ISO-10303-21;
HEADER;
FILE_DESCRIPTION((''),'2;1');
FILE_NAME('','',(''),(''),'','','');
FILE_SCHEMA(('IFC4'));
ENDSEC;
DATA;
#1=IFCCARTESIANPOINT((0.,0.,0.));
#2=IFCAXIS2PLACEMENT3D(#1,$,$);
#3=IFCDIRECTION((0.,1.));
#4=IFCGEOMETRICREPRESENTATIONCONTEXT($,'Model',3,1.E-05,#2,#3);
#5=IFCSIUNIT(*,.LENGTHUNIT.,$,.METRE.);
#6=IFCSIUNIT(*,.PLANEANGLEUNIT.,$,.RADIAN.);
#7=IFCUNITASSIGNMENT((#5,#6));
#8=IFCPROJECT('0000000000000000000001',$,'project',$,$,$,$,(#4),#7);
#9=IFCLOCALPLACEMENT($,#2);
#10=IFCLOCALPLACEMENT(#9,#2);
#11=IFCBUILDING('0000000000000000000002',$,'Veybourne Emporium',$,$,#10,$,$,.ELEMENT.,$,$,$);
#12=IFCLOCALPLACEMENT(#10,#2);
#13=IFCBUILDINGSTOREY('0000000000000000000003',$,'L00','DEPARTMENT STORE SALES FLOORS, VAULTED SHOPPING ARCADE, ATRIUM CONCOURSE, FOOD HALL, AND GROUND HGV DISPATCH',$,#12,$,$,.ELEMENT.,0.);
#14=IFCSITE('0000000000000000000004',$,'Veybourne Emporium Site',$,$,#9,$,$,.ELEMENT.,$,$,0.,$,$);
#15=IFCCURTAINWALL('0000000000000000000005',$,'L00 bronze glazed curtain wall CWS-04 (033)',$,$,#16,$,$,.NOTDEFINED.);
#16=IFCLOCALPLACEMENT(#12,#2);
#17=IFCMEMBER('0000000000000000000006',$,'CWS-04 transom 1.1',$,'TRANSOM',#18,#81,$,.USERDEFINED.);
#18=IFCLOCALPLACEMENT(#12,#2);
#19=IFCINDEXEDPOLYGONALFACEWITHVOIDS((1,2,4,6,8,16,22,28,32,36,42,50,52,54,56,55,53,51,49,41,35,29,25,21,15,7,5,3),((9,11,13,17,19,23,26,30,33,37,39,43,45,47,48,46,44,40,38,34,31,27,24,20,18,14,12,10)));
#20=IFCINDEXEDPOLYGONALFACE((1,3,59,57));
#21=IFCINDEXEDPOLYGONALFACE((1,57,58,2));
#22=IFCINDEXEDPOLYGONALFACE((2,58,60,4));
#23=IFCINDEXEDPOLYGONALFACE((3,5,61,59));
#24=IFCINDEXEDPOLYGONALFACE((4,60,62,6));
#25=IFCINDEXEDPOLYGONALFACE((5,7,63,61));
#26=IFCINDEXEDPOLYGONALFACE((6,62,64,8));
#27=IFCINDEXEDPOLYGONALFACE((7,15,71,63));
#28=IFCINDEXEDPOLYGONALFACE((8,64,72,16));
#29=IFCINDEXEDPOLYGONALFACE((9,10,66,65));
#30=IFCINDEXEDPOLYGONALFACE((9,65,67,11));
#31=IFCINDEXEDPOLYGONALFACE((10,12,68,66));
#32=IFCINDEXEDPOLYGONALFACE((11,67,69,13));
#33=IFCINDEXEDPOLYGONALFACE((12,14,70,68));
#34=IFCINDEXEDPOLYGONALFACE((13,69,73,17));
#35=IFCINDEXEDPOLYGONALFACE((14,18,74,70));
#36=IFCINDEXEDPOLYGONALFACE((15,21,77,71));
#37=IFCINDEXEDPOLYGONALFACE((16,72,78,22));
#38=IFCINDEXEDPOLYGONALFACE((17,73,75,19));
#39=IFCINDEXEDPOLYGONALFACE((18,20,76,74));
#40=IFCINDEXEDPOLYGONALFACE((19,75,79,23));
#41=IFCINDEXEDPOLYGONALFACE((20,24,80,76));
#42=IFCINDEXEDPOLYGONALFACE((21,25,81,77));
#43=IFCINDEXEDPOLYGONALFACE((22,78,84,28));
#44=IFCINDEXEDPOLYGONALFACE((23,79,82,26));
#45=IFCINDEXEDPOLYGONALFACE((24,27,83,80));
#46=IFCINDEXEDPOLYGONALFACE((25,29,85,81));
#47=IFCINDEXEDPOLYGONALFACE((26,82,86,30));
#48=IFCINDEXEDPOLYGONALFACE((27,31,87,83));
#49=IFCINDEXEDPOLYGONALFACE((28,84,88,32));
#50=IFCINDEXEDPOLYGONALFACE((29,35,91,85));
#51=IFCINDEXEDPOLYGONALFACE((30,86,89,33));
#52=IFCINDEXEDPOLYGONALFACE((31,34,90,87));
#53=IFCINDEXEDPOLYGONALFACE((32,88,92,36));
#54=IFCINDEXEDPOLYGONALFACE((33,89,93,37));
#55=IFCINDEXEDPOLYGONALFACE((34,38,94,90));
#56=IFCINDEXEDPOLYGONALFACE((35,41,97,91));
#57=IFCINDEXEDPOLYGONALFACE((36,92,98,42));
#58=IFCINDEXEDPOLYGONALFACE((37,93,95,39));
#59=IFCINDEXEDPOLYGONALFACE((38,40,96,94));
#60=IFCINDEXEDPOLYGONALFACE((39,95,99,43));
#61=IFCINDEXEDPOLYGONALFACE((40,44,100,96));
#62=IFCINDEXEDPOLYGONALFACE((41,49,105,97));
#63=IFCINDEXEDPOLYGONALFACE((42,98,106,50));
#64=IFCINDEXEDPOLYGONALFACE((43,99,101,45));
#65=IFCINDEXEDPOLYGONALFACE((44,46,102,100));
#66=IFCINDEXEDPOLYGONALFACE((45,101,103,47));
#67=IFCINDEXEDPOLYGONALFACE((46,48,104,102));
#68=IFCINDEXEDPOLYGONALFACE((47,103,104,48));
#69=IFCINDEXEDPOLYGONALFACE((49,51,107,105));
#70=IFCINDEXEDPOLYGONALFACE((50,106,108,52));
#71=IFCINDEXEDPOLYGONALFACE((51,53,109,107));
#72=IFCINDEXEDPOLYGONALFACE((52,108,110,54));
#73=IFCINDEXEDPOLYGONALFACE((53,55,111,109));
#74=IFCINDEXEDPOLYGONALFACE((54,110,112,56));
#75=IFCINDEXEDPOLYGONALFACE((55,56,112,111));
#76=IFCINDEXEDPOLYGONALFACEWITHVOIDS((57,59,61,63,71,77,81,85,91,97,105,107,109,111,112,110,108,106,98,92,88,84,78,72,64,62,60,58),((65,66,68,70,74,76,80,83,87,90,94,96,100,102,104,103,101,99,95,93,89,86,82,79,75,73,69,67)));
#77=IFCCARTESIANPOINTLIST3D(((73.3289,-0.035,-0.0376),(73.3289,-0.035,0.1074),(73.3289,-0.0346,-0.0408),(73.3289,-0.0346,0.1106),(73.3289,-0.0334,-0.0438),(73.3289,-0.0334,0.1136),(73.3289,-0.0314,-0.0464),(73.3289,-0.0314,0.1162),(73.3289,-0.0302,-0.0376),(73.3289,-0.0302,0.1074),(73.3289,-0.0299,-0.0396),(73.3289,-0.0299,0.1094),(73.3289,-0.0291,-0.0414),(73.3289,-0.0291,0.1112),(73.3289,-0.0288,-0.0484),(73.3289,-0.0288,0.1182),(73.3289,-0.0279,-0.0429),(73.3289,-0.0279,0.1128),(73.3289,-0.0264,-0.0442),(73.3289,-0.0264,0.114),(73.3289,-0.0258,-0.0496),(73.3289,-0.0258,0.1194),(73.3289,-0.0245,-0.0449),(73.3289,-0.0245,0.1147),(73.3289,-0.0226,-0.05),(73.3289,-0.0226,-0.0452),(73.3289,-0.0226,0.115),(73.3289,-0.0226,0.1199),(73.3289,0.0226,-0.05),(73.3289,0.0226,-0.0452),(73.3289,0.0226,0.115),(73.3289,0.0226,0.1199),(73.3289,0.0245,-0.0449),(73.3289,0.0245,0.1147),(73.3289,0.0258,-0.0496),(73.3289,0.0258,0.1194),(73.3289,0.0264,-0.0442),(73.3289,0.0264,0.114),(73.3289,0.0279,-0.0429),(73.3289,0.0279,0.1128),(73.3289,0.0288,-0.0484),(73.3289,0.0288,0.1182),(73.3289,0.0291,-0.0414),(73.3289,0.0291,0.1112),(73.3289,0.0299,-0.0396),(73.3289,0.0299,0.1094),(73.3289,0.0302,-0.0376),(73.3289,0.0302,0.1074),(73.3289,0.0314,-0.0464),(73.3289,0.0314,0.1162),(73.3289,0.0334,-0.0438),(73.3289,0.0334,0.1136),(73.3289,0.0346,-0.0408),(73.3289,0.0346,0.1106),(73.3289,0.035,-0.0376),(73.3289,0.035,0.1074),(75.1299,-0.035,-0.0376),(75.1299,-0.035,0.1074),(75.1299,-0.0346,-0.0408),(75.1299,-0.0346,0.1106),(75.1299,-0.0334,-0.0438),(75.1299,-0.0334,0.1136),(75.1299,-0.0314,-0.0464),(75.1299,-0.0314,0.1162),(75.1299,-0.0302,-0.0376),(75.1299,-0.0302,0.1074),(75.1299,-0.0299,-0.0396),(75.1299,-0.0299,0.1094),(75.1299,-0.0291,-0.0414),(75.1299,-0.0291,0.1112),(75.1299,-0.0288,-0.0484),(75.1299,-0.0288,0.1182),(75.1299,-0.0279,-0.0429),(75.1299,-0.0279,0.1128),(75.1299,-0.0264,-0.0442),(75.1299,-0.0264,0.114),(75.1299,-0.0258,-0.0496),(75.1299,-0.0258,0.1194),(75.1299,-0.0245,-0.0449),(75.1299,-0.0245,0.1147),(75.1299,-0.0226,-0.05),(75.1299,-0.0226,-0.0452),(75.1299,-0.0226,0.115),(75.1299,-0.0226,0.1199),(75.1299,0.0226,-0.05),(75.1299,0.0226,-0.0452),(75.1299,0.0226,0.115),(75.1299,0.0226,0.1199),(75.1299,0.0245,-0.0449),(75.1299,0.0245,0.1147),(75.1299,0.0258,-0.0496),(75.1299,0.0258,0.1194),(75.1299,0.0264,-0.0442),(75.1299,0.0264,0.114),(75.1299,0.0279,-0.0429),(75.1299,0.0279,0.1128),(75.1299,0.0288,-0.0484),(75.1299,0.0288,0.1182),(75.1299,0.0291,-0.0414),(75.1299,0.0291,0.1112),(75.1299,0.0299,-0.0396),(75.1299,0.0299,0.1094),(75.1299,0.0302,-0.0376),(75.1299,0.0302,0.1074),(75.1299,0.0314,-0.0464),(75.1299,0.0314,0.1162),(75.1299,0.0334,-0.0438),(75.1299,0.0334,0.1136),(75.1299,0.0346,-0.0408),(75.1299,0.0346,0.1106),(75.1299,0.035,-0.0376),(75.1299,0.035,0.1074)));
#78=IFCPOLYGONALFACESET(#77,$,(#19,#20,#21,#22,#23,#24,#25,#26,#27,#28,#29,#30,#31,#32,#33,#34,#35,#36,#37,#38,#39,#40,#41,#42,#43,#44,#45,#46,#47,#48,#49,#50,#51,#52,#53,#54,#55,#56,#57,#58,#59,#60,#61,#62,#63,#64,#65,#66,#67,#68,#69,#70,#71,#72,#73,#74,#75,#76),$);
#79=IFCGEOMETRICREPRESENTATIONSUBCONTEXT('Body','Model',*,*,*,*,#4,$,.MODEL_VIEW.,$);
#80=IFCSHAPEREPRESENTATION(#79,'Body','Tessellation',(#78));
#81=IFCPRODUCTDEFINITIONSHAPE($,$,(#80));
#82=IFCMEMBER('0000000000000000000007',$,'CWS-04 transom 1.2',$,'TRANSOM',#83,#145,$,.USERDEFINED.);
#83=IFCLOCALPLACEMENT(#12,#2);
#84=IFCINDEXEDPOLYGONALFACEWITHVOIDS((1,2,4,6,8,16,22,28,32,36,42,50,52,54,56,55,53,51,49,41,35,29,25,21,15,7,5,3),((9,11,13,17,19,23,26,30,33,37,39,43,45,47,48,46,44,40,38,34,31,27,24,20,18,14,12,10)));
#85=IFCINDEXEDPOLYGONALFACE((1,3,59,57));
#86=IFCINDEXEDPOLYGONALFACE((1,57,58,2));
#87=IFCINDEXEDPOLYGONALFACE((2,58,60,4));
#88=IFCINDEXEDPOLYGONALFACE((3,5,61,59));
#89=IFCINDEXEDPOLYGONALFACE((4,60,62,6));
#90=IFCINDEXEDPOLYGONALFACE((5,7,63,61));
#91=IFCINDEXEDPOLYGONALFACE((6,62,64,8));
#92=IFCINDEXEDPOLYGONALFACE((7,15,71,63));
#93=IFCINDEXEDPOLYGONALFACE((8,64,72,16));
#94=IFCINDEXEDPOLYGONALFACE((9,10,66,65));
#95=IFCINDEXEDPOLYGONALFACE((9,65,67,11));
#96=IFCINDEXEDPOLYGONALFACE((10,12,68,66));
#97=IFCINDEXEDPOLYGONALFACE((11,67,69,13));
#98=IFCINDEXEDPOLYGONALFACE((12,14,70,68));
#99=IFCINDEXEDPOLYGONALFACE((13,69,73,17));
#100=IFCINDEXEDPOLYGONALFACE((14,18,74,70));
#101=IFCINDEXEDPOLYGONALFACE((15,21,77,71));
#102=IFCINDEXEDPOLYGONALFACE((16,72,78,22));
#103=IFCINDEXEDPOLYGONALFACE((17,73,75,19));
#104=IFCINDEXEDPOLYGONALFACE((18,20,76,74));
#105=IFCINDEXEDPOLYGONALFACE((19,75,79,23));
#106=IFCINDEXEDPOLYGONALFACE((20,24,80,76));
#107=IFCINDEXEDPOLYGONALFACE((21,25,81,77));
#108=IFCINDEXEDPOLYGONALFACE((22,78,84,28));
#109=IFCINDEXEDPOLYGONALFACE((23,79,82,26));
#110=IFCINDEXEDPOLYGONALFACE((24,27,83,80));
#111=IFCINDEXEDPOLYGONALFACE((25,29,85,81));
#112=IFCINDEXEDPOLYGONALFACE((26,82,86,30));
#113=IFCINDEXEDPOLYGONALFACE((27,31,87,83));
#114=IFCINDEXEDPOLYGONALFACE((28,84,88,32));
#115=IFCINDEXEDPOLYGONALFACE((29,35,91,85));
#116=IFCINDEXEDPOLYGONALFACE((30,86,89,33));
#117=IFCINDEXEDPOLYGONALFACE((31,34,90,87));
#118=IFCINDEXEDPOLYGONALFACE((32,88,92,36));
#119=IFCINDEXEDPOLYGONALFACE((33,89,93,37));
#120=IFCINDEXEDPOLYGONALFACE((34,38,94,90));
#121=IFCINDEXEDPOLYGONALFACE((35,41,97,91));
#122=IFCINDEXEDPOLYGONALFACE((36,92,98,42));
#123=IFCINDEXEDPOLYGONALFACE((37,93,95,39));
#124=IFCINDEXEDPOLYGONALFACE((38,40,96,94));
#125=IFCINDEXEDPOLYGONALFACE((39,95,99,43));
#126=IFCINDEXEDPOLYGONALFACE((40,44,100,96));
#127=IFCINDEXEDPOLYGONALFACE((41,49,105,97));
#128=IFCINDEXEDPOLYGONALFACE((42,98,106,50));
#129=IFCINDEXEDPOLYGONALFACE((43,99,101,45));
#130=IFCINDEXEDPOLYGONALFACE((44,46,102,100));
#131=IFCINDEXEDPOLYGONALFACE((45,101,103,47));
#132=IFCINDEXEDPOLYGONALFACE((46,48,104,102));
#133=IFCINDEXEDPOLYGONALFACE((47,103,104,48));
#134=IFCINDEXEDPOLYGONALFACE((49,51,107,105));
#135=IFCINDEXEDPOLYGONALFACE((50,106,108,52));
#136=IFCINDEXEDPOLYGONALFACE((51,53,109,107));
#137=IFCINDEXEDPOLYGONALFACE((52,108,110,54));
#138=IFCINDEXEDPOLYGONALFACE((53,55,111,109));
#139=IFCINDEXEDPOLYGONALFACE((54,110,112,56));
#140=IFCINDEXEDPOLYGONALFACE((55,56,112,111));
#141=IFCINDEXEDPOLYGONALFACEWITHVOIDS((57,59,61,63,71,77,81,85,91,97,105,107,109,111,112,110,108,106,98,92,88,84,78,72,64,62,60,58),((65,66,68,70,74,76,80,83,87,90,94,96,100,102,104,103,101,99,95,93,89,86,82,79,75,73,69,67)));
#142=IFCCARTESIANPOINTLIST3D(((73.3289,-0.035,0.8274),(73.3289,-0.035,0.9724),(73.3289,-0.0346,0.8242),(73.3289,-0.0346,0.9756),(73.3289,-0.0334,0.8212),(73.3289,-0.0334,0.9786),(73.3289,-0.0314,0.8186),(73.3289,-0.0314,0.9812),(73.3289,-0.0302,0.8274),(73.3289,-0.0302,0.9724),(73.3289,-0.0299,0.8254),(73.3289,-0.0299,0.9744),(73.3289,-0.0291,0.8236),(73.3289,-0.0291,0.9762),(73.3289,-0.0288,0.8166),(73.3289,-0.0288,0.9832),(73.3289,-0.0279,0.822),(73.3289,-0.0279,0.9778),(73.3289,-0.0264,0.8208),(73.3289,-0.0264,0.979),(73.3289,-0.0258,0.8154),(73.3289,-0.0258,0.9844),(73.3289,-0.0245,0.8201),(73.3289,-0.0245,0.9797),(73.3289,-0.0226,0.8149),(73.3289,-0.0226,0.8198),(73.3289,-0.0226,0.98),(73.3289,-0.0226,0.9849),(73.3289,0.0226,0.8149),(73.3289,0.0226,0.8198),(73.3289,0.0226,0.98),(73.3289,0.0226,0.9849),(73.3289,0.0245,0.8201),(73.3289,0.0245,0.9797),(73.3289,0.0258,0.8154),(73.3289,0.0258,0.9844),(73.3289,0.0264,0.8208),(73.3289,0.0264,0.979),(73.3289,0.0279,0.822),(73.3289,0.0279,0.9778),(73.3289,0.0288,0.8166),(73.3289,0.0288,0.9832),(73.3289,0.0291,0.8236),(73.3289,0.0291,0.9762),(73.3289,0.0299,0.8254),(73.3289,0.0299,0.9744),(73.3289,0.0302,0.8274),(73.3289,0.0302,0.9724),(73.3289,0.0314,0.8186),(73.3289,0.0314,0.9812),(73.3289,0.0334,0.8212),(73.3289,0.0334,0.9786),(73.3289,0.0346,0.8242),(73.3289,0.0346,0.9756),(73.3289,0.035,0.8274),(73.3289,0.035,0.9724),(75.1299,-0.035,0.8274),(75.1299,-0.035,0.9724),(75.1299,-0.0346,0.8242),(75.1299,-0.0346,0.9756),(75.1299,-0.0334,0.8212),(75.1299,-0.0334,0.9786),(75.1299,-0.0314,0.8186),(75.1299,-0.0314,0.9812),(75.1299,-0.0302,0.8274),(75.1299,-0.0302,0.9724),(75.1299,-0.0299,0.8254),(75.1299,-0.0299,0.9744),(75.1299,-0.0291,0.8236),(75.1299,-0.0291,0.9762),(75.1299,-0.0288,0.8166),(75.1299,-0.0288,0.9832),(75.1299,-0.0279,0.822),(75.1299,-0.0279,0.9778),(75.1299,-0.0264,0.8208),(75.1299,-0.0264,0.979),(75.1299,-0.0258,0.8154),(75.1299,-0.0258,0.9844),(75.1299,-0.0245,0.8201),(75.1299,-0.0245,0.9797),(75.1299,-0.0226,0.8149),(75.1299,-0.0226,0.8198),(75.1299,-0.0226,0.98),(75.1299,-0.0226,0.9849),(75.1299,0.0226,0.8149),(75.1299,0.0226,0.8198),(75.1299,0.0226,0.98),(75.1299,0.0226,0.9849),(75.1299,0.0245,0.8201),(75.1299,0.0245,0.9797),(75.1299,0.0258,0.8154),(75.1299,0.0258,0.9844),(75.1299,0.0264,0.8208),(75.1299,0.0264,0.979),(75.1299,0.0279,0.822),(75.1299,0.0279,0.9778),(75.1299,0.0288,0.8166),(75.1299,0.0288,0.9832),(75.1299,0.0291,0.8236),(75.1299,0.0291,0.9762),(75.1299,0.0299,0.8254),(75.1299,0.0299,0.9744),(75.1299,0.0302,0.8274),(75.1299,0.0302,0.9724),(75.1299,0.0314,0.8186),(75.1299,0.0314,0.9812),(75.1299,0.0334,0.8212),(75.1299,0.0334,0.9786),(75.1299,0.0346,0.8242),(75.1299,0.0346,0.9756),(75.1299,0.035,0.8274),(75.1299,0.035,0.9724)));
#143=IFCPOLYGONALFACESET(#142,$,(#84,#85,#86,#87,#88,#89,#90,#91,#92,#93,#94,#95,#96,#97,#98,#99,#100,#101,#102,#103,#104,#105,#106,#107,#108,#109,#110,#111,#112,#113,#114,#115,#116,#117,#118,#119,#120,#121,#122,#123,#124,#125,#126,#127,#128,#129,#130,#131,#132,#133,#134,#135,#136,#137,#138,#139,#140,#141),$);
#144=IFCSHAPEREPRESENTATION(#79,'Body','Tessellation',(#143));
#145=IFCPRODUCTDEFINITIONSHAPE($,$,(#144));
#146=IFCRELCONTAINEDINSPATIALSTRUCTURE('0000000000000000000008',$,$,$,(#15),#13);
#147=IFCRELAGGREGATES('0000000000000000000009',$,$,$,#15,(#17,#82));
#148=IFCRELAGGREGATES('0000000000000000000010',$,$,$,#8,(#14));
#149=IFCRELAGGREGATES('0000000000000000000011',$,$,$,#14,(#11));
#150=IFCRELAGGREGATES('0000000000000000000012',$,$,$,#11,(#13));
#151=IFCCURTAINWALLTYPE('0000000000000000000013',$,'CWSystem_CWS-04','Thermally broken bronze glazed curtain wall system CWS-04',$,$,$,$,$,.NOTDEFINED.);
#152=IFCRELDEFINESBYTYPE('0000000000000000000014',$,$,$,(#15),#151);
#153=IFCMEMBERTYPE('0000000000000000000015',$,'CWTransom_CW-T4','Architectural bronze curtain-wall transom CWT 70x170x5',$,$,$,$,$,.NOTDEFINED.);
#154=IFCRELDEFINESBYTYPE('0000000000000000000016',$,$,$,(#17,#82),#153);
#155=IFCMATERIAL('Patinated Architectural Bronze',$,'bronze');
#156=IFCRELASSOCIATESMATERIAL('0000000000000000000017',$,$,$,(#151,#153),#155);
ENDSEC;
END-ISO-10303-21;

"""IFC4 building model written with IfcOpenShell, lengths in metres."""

from ifc_helpers import new_model, si_unit, direction, frame, origin, origin_2d, place, context, subcontext, project, spatial, hollow_rectangle, extrude, material, material_profile, profile_set, type_object, element, aggregate, save


model = new_model("IFC4")

# Units and contexts
model_context = context("Model", 3, precision=1e-05, world=origin(), true_north=direction((0.0, 1.0)))
body_context = subcontext(model_context, "Body", "Model", "MODEL_VIEW")
ifc_project = project(units=[si_unit("LENGTHUNIT", "METRE"), si_unit("PLANEANGLEUNIT", "RADIAN")], contexts=[model_context])

# Site, building, storey
site_placement = place(None, origin())
site = spatial("IfcSite", under=ifc_project, at=site_placement, Name="Veybourne Emporium Site", CompositionType="ELEMENT", RefElevation=0.0)
building_placement = place(site_placement, origin())
building = spatial("IfcBuilding", under=site, at=building_placement, Name="Veybourne Emporium", CompositionType="ELEMENT")
storey_placement = place(building_placement, origin())
storey = spatial("IfcBuildingStorey", under=building, at=storey_placement, Name="L00", Description="DEPARTMENT STORE SALES FLOORS, VAULTED SHOPPING ARCADE, ATRIUM CONCOURSE, FOOD HALL, AND GROUND HGV DISPATCH", CompositionType="ELEMENT", Elevation=0.0)

# Curtain wall, members
ifc_material_1 = material(Name="Patinated Architectural Bronze", Category="bronze")
curtain_wall_type = type_object("IfcCurtainWallType", Name="CWSystem_CWS-04", Description="Thermally broken bronze glazed curtain wall system CWS-04", PredefinedType="NOTDEFINED", material=ifc_material_1)
curtain_wall_placement = place(storey_placement, origin())
curtain_wall = element("IfcCurtainWall", 1, at=curtain_wall_placement, inside=storey, type_object=curtain_wall_type, Name="L00 bronze glazed curtain wall CWS-04 (033)", PredefinedType="NOTDEFINED")
ifc_material_profile_1 = material_profile(ifc_material_1, hollow_rectangle(XDim=0.0701, YDim=0.1699, WallThickness=0.0049, InnerFilletRadius=0.0076, OuterFilletRadius=0.0125, at=origin_2d()), Name="CWT 70x170x5")
ifc_profile_set_1 = profile_set([ifc_material_profile_1], Name="Patinated Architectural Bronze")
member_type_1 = type_object("IfcMemberType", Name="CWTransom_CW-T4", Description="Architectural bronze curtain-wall transom CWT 70x170x5", PredefinedType="NOTDEFINED", material=ifc_profile_set_1)
member_1_placement = place(storey_placement, frame((75.1299, 0.0, 0.0349), z_axis=(-1.0, 0.0, 0.0), x_axis=(0.0, -1.0, 0.0)))
member_1 = element("IfcMember", 2, at=member_1_placement, type_object=member_type_1, Name="CWS-04 transom 1.1", ObjectType="TRANSOM", PredefinedType="USERDEFINED", context=body_context, shape_type="SweptSolid", body=[
    extrude(hollow_rectangle(XDim=0.0701, YDim=0.1699, WallThickness=0.0049, InnerFilletRadius=0.0076, OuterFilletRadius=0.0125, at=origin_2d()), origin(), (0.0, 0.0, 1.0), 1.801),
])
member_2_placement = place(storey_placement, frame((75.1299, 0.0, 0.8999), z_axis=(-1.0, 0.0, 0.0), x_axis=(0.0, -1.0, 0.0)))
member_2 = element("IfcMember", 3, at=member_2_placement, type_object=member_type_1, Name="CWS-04 transom 1.2", ObjectType="TRANSOM", PredefinedType="USERDEFINED", context=body_context, shape_type="SweptSolid", body=[
    extrude(hollow_rectangle(XDim=0.0701, YDim=0.1699, WallThickness=0.0049, InnerFilletRadius=0.0076, OuterFilletRadius=0.0125, at=origin_2d()), origin(), (0.0, 0.0, 1.0), 1.801),
])

aggregate(curtain_wall, [member_1, member_2])

save(model, "model.ifc")
